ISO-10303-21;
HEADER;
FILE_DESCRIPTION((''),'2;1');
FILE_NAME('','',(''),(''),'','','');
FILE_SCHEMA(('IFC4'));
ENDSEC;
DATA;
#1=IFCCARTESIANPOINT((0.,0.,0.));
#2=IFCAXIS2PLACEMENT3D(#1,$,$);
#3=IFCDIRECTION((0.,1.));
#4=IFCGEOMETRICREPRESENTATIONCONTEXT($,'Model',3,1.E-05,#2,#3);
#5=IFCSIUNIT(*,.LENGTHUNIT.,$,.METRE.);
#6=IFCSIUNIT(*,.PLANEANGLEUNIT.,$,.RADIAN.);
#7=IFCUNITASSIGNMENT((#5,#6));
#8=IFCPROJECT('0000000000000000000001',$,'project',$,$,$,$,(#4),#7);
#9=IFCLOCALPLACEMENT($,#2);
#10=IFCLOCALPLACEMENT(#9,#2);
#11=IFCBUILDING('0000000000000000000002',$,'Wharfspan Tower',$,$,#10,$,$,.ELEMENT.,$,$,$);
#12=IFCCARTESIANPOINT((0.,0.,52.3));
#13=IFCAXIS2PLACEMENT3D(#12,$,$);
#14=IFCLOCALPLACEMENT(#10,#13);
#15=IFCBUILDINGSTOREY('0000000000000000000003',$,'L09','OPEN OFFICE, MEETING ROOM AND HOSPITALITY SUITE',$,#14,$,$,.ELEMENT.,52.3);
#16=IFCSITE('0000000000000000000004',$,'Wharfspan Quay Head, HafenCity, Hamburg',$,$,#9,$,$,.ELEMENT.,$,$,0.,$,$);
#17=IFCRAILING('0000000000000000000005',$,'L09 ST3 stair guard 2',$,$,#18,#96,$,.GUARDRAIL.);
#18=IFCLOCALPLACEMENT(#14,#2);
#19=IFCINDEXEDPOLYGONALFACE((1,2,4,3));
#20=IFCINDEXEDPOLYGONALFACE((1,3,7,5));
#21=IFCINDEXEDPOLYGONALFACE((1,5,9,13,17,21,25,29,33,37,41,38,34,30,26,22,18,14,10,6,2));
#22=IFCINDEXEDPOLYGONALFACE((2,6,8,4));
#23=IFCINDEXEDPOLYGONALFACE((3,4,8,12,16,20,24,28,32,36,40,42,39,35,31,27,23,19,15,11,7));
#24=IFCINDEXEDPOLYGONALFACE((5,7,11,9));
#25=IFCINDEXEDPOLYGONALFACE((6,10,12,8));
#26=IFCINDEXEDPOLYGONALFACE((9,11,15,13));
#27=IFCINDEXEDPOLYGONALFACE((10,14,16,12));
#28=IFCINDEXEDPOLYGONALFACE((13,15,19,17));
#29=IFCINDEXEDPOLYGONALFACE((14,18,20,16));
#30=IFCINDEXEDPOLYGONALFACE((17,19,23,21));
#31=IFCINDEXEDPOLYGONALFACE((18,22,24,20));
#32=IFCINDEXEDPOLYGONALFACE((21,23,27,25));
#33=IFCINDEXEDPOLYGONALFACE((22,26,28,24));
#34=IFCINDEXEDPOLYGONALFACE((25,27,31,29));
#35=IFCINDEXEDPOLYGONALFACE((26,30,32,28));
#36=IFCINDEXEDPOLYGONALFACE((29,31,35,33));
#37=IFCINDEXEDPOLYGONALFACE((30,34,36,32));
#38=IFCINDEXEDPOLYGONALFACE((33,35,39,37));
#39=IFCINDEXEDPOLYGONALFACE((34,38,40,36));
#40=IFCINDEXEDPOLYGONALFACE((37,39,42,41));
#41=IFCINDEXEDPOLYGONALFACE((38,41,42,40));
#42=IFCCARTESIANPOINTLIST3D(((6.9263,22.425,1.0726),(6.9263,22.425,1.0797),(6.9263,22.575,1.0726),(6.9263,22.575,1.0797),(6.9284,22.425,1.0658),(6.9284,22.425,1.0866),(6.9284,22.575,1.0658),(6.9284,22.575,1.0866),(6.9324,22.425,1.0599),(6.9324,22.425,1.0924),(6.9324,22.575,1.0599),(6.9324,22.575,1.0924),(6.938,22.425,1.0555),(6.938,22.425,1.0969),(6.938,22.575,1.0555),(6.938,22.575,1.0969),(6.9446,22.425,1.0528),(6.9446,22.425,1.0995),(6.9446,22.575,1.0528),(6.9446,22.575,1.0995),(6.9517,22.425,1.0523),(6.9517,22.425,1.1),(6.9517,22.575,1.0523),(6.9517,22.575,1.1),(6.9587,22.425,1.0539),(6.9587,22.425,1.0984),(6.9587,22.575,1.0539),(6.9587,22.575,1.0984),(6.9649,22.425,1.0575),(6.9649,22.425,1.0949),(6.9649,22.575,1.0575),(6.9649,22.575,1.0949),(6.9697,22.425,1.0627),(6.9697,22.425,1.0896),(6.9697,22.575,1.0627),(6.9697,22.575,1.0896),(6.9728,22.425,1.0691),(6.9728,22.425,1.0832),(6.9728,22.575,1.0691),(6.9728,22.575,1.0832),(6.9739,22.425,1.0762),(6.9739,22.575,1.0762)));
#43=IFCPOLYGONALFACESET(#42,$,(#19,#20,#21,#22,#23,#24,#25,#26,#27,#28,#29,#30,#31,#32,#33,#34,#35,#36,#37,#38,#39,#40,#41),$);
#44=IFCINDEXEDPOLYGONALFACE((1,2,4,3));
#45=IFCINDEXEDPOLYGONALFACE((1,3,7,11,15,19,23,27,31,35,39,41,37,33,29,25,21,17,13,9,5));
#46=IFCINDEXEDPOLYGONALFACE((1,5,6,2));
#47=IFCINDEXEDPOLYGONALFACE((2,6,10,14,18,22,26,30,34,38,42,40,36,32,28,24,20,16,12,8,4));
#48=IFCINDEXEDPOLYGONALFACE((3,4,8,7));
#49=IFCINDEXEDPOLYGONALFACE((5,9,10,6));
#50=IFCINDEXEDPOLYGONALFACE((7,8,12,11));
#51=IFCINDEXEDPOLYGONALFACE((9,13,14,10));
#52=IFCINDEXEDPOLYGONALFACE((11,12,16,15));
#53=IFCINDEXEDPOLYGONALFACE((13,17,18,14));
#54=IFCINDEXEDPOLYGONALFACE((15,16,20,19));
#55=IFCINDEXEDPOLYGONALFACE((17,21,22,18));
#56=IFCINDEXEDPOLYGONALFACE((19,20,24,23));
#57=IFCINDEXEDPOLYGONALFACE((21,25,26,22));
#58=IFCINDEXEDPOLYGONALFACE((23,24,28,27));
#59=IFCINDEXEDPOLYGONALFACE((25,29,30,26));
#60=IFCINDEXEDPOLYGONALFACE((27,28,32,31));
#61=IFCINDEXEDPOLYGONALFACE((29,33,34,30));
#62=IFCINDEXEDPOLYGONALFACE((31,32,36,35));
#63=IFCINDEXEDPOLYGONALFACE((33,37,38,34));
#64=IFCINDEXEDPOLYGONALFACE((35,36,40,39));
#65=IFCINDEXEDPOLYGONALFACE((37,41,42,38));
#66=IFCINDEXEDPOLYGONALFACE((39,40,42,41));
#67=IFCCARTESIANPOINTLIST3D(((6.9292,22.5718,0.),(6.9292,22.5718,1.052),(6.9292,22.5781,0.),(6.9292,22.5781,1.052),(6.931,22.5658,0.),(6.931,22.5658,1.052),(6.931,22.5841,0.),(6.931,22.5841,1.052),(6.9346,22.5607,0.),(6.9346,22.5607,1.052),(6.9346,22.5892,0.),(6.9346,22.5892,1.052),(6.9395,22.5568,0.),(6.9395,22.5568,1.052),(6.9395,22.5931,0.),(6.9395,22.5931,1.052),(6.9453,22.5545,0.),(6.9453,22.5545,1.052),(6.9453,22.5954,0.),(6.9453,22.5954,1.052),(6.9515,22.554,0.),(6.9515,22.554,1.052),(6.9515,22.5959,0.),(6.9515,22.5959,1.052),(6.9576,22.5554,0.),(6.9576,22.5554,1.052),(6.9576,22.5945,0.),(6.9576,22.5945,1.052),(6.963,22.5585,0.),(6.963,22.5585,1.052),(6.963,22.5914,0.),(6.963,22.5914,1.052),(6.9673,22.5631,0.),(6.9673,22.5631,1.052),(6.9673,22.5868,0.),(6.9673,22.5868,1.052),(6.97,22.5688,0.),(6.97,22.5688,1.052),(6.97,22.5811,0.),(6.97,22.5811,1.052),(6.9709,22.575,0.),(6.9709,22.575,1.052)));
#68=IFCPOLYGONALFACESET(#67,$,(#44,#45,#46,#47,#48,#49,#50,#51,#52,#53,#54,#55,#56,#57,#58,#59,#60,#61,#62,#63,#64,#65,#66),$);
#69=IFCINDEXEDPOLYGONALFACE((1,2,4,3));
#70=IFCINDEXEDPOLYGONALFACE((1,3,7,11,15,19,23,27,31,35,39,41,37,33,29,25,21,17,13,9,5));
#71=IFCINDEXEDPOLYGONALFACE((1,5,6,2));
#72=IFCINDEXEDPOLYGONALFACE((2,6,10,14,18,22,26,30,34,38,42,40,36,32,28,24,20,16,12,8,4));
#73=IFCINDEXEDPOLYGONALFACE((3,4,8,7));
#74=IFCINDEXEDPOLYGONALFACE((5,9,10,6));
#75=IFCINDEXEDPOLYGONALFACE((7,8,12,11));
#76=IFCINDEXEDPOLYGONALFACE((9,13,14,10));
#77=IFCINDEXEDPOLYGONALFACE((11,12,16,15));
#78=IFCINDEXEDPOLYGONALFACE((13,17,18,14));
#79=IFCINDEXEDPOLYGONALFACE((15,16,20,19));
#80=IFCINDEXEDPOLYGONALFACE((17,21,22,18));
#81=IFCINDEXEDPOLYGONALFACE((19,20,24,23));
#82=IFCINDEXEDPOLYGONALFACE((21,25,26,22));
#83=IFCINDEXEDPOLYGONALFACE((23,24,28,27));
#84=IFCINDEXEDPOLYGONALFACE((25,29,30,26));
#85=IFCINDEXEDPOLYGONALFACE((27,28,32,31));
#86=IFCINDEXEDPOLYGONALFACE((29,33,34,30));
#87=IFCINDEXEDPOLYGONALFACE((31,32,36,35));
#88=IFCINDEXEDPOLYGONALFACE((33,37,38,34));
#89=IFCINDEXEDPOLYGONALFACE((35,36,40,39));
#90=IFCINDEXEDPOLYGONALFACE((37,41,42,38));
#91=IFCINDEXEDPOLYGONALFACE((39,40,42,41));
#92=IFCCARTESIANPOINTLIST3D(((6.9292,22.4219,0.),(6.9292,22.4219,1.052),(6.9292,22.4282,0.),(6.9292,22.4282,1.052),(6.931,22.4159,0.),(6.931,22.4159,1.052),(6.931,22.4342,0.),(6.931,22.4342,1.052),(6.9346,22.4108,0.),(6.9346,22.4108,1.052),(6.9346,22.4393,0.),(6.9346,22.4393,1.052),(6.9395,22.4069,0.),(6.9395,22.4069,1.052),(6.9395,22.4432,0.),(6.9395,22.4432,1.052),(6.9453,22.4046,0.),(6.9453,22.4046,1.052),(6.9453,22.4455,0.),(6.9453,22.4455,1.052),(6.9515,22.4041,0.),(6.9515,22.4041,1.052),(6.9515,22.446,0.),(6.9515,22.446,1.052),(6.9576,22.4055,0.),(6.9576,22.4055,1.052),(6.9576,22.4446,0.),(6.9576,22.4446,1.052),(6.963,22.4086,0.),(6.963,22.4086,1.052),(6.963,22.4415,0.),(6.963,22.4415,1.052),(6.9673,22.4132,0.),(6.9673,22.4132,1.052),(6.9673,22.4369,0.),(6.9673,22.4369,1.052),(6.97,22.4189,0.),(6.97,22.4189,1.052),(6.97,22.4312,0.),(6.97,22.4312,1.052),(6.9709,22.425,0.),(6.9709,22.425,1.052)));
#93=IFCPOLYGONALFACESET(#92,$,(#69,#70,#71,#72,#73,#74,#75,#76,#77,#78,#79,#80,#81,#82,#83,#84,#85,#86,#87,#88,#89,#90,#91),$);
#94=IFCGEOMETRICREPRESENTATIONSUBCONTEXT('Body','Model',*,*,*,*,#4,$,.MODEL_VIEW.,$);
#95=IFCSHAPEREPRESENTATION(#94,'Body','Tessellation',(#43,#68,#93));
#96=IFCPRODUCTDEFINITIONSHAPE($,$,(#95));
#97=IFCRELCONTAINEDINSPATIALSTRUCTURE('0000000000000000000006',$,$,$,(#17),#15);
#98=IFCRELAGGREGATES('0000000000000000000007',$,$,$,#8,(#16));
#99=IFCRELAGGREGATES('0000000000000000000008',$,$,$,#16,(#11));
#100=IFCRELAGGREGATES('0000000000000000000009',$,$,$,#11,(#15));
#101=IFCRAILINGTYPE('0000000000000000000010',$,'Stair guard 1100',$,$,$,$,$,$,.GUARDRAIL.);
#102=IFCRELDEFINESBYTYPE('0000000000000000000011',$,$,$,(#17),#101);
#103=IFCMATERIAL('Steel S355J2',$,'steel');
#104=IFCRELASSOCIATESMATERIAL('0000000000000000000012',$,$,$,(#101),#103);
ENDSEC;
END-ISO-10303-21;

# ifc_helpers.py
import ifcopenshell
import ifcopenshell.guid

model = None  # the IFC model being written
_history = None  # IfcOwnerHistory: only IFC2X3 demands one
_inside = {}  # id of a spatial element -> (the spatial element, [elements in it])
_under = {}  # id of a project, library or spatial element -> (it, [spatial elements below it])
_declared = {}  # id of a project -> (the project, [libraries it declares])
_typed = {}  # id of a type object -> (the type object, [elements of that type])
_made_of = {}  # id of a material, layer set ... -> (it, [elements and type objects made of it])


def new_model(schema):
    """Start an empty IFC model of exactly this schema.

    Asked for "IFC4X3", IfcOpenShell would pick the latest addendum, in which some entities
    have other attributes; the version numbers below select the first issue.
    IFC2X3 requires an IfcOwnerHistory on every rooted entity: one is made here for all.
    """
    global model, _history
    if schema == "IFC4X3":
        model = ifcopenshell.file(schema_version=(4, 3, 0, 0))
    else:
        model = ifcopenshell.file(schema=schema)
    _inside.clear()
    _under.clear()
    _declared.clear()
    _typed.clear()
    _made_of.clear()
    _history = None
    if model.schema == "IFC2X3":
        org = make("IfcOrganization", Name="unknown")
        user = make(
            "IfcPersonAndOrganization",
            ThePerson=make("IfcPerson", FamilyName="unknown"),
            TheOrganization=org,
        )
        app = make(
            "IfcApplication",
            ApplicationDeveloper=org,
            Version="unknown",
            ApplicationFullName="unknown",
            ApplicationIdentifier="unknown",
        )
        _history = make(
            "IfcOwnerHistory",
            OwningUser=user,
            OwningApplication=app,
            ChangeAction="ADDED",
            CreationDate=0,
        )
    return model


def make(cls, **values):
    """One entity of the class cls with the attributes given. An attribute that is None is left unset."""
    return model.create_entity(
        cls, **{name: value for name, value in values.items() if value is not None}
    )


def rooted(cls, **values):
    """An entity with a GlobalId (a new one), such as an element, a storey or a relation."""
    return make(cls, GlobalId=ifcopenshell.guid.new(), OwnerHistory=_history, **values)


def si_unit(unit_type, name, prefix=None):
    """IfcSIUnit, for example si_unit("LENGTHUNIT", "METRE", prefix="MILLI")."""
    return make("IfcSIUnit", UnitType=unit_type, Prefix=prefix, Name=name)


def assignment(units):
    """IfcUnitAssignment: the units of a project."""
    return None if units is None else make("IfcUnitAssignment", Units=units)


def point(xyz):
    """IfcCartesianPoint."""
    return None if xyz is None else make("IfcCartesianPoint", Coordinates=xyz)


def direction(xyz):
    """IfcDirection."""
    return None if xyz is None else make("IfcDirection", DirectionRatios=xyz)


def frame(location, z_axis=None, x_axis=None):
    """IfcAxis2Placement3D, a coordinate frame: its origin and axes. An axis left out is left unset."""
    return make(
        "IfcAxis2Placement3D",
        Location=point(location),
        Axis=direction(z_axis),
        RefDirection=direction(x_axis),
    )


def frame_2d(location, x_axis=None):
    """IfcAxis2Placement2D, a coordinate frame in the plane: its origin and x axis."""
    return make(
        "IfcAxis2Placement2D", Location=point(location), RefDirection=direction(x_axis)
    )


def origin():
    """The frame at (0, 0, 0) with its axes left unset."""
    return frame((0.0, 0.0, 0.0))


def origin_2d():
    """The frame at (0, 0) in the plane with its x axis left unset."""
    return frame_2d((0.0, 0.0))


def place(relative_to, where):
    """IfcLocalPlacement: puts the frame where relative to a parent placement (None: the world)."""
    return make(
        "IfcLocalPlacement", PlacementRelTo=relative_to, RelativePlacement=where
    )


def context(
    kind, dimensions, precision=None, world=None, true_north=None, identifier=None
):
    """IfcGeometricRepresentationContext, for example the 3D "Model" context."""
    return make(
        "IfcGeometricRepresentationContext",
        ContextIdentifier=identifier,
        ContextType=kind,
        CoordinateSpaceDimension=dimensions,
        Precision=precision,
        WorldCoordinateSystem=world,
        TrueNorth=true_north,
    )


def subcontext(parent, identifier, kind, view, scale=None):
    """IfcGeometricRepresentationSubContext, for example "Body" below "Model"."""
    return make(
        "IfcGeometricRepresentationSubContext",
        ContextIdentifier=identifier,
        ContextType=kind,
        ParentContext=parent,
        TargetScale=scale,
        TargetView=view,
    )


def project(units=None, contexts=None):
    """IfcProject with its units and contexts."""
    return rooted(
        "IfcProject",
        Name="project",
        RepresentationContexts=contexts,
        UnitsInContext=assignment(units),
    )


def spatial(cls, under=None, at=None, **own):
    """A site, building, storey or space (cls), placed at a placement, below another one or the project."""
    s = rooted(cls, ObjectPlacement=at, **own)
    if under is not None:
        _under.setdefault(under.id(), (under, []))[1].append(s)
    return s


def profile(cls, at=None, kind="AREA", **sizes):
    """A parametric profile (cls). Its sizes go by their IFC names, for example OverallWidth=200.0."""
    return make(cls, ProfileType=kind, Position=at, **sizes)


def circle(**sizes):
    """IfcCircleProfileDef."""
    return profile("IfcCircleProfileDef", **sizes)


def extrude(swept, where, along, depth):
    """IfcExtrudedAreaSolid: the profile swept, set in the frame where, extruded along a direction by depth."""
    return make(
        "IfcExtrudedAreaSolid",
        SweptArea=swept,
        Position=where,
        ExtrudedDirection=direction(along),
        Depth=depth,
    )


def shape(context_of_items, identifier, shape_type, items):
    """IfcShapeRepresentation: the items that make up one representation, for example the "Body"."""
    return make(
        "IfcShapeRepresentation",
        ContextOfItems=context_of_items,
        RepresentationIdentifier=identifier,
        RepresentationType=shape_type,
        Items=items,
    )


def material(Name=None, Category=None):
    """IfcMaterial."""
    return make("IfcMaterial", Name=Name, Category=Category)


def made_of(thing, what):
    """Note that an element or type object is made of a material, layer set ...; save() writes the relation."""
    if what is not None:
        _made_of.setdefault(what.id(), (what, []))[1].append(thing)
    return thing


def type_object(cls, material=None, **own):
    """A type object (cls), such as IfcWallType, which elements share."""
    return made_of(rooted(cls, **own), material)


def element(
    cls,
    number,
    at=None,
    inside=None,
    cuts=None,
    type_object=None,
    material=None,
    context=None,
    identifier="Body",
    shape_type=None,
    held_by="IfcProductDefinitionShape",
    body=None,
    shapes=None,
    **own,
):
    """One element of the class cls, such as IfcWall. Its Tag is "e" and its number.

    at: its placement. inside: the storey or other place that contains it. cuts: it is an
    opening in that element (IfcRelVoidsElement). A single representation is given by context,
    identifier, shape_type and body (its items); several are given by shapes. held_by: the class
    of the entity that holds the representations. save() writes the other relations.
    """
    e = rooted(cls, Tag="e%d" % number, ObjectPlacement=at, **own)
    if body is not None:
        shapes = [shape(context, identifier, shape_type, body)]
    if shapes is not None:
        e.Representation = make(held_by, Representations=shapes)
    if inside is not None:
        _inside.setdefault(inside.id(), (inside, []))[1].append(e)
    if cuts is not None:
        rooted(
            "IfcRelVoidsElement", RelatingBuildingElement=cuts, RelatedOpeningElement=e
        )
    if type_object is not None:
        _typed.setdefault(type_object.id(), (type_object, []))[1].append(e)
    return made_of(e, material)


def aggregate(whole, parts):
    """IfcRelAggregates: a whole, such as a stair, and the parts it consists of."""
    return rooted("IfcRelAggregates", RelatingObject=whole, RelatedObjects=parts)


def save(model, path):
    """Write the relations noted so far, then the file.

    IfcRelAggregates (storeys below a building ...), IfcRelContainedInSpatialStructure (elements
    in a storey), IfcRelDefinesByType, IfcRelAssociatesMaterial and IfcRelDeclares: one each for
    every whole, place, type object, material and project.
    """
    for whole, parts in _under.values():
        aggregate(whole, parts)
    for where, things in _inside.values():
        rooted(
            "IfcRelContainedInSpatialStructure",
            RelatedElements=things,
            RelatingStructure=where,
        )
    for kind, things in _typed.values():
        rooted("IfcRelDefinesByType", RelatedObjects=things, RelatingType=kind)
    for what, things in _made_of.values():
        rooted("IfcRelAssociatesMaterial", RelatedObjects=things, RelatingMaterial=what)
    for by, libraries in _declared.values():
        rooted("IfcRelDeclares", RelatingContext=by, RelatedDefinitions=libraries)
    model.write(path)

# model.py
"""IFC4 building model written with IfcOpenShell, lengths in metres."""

from ifc_helpers import new_model, si_unit, direction, frame, origin, origin_2d, place, context, subcontext, project, spatial, circle, extrude, material, type_object, element, save


model = new_model("IFC4")

# Units and contexts
model_context = context("Model", 3, precision=1e-05, world=origin(), true_north=direction((0.0, 1.0)))
body_context = subcontext(model_context, "Body", "Model", "MODEL_VIEW")
ifc_project = project(units=[si_unit("LENGTHUNIT", "METRE"), si_unit("PLANEANGLEUNIT", "RADIAN")], contexts=[model_context])

# Site, building, storey
site_placement = place(None, origin())
site = spatial("IfcSite", under=ifc_project, at=site_placement, Name="Wharfspan Quay Head, HafenCity, Hamburg", CompositionType="ELEMENT", RefElevation=0.0)
building_placement = place(site_placement, origin())
building = spatial("IfcBuilding", under=site, at=building_placement, Name="Wharfspan Tower", CompositionType="ELEMENT")
storey_placement = place(building_placement, frame((0.0, 0.0, 52.3)))
storey = spatial("IfcBuildingStorey", under=building, at=storey_placement, Name="L09", Description="OPEN OFFICE, MEETING ROOM AND HOSPITALITY SUITE", CompositionType="ELEMENT", Elevation=52.3)

# Shared definitions
ifc_material_1 = material(Name="Steel S355J2", Category="steel")

# Railing
railing_type_1 = type_object("IfcRailingType", Name="Stair guard 1100", PredefinedType="GUARDRAIL", material=ifc_material_1)
railing_1_placement = place(storey_placement, frame((6.95, 22.575, 0.0)))
element("IfcRailing", 1, at=railing_1_placement, inside=storey, type_object=railing_type_1, Name="L09 ST3 stair guard 2", PredefinedType="GUARDRAIL", context=body_context, shape_type="SweptSolid", body=[
    extrude(circle(Radius=0.0239, at=origin_2d()), frame((0.0, 0.0, 1.0762), z_axis=(0.0, -1.0, 0.0), x_axis=(1.0, 0.0, 0.0)), (0.0, 0.0, 1.0), 0.1499),
    extrude(circle(Radius=0.021, at=origin_2d()), origin(), (0.0, 0.0, 1.0), 1.052),
    extrude(circle(Radius=0.021, at=origin_2d()), frame((0.0, -0.1499, 0.0)), (0.0, 0.0, 1.0), 1.052),
])

save(model, "model.ifc")
